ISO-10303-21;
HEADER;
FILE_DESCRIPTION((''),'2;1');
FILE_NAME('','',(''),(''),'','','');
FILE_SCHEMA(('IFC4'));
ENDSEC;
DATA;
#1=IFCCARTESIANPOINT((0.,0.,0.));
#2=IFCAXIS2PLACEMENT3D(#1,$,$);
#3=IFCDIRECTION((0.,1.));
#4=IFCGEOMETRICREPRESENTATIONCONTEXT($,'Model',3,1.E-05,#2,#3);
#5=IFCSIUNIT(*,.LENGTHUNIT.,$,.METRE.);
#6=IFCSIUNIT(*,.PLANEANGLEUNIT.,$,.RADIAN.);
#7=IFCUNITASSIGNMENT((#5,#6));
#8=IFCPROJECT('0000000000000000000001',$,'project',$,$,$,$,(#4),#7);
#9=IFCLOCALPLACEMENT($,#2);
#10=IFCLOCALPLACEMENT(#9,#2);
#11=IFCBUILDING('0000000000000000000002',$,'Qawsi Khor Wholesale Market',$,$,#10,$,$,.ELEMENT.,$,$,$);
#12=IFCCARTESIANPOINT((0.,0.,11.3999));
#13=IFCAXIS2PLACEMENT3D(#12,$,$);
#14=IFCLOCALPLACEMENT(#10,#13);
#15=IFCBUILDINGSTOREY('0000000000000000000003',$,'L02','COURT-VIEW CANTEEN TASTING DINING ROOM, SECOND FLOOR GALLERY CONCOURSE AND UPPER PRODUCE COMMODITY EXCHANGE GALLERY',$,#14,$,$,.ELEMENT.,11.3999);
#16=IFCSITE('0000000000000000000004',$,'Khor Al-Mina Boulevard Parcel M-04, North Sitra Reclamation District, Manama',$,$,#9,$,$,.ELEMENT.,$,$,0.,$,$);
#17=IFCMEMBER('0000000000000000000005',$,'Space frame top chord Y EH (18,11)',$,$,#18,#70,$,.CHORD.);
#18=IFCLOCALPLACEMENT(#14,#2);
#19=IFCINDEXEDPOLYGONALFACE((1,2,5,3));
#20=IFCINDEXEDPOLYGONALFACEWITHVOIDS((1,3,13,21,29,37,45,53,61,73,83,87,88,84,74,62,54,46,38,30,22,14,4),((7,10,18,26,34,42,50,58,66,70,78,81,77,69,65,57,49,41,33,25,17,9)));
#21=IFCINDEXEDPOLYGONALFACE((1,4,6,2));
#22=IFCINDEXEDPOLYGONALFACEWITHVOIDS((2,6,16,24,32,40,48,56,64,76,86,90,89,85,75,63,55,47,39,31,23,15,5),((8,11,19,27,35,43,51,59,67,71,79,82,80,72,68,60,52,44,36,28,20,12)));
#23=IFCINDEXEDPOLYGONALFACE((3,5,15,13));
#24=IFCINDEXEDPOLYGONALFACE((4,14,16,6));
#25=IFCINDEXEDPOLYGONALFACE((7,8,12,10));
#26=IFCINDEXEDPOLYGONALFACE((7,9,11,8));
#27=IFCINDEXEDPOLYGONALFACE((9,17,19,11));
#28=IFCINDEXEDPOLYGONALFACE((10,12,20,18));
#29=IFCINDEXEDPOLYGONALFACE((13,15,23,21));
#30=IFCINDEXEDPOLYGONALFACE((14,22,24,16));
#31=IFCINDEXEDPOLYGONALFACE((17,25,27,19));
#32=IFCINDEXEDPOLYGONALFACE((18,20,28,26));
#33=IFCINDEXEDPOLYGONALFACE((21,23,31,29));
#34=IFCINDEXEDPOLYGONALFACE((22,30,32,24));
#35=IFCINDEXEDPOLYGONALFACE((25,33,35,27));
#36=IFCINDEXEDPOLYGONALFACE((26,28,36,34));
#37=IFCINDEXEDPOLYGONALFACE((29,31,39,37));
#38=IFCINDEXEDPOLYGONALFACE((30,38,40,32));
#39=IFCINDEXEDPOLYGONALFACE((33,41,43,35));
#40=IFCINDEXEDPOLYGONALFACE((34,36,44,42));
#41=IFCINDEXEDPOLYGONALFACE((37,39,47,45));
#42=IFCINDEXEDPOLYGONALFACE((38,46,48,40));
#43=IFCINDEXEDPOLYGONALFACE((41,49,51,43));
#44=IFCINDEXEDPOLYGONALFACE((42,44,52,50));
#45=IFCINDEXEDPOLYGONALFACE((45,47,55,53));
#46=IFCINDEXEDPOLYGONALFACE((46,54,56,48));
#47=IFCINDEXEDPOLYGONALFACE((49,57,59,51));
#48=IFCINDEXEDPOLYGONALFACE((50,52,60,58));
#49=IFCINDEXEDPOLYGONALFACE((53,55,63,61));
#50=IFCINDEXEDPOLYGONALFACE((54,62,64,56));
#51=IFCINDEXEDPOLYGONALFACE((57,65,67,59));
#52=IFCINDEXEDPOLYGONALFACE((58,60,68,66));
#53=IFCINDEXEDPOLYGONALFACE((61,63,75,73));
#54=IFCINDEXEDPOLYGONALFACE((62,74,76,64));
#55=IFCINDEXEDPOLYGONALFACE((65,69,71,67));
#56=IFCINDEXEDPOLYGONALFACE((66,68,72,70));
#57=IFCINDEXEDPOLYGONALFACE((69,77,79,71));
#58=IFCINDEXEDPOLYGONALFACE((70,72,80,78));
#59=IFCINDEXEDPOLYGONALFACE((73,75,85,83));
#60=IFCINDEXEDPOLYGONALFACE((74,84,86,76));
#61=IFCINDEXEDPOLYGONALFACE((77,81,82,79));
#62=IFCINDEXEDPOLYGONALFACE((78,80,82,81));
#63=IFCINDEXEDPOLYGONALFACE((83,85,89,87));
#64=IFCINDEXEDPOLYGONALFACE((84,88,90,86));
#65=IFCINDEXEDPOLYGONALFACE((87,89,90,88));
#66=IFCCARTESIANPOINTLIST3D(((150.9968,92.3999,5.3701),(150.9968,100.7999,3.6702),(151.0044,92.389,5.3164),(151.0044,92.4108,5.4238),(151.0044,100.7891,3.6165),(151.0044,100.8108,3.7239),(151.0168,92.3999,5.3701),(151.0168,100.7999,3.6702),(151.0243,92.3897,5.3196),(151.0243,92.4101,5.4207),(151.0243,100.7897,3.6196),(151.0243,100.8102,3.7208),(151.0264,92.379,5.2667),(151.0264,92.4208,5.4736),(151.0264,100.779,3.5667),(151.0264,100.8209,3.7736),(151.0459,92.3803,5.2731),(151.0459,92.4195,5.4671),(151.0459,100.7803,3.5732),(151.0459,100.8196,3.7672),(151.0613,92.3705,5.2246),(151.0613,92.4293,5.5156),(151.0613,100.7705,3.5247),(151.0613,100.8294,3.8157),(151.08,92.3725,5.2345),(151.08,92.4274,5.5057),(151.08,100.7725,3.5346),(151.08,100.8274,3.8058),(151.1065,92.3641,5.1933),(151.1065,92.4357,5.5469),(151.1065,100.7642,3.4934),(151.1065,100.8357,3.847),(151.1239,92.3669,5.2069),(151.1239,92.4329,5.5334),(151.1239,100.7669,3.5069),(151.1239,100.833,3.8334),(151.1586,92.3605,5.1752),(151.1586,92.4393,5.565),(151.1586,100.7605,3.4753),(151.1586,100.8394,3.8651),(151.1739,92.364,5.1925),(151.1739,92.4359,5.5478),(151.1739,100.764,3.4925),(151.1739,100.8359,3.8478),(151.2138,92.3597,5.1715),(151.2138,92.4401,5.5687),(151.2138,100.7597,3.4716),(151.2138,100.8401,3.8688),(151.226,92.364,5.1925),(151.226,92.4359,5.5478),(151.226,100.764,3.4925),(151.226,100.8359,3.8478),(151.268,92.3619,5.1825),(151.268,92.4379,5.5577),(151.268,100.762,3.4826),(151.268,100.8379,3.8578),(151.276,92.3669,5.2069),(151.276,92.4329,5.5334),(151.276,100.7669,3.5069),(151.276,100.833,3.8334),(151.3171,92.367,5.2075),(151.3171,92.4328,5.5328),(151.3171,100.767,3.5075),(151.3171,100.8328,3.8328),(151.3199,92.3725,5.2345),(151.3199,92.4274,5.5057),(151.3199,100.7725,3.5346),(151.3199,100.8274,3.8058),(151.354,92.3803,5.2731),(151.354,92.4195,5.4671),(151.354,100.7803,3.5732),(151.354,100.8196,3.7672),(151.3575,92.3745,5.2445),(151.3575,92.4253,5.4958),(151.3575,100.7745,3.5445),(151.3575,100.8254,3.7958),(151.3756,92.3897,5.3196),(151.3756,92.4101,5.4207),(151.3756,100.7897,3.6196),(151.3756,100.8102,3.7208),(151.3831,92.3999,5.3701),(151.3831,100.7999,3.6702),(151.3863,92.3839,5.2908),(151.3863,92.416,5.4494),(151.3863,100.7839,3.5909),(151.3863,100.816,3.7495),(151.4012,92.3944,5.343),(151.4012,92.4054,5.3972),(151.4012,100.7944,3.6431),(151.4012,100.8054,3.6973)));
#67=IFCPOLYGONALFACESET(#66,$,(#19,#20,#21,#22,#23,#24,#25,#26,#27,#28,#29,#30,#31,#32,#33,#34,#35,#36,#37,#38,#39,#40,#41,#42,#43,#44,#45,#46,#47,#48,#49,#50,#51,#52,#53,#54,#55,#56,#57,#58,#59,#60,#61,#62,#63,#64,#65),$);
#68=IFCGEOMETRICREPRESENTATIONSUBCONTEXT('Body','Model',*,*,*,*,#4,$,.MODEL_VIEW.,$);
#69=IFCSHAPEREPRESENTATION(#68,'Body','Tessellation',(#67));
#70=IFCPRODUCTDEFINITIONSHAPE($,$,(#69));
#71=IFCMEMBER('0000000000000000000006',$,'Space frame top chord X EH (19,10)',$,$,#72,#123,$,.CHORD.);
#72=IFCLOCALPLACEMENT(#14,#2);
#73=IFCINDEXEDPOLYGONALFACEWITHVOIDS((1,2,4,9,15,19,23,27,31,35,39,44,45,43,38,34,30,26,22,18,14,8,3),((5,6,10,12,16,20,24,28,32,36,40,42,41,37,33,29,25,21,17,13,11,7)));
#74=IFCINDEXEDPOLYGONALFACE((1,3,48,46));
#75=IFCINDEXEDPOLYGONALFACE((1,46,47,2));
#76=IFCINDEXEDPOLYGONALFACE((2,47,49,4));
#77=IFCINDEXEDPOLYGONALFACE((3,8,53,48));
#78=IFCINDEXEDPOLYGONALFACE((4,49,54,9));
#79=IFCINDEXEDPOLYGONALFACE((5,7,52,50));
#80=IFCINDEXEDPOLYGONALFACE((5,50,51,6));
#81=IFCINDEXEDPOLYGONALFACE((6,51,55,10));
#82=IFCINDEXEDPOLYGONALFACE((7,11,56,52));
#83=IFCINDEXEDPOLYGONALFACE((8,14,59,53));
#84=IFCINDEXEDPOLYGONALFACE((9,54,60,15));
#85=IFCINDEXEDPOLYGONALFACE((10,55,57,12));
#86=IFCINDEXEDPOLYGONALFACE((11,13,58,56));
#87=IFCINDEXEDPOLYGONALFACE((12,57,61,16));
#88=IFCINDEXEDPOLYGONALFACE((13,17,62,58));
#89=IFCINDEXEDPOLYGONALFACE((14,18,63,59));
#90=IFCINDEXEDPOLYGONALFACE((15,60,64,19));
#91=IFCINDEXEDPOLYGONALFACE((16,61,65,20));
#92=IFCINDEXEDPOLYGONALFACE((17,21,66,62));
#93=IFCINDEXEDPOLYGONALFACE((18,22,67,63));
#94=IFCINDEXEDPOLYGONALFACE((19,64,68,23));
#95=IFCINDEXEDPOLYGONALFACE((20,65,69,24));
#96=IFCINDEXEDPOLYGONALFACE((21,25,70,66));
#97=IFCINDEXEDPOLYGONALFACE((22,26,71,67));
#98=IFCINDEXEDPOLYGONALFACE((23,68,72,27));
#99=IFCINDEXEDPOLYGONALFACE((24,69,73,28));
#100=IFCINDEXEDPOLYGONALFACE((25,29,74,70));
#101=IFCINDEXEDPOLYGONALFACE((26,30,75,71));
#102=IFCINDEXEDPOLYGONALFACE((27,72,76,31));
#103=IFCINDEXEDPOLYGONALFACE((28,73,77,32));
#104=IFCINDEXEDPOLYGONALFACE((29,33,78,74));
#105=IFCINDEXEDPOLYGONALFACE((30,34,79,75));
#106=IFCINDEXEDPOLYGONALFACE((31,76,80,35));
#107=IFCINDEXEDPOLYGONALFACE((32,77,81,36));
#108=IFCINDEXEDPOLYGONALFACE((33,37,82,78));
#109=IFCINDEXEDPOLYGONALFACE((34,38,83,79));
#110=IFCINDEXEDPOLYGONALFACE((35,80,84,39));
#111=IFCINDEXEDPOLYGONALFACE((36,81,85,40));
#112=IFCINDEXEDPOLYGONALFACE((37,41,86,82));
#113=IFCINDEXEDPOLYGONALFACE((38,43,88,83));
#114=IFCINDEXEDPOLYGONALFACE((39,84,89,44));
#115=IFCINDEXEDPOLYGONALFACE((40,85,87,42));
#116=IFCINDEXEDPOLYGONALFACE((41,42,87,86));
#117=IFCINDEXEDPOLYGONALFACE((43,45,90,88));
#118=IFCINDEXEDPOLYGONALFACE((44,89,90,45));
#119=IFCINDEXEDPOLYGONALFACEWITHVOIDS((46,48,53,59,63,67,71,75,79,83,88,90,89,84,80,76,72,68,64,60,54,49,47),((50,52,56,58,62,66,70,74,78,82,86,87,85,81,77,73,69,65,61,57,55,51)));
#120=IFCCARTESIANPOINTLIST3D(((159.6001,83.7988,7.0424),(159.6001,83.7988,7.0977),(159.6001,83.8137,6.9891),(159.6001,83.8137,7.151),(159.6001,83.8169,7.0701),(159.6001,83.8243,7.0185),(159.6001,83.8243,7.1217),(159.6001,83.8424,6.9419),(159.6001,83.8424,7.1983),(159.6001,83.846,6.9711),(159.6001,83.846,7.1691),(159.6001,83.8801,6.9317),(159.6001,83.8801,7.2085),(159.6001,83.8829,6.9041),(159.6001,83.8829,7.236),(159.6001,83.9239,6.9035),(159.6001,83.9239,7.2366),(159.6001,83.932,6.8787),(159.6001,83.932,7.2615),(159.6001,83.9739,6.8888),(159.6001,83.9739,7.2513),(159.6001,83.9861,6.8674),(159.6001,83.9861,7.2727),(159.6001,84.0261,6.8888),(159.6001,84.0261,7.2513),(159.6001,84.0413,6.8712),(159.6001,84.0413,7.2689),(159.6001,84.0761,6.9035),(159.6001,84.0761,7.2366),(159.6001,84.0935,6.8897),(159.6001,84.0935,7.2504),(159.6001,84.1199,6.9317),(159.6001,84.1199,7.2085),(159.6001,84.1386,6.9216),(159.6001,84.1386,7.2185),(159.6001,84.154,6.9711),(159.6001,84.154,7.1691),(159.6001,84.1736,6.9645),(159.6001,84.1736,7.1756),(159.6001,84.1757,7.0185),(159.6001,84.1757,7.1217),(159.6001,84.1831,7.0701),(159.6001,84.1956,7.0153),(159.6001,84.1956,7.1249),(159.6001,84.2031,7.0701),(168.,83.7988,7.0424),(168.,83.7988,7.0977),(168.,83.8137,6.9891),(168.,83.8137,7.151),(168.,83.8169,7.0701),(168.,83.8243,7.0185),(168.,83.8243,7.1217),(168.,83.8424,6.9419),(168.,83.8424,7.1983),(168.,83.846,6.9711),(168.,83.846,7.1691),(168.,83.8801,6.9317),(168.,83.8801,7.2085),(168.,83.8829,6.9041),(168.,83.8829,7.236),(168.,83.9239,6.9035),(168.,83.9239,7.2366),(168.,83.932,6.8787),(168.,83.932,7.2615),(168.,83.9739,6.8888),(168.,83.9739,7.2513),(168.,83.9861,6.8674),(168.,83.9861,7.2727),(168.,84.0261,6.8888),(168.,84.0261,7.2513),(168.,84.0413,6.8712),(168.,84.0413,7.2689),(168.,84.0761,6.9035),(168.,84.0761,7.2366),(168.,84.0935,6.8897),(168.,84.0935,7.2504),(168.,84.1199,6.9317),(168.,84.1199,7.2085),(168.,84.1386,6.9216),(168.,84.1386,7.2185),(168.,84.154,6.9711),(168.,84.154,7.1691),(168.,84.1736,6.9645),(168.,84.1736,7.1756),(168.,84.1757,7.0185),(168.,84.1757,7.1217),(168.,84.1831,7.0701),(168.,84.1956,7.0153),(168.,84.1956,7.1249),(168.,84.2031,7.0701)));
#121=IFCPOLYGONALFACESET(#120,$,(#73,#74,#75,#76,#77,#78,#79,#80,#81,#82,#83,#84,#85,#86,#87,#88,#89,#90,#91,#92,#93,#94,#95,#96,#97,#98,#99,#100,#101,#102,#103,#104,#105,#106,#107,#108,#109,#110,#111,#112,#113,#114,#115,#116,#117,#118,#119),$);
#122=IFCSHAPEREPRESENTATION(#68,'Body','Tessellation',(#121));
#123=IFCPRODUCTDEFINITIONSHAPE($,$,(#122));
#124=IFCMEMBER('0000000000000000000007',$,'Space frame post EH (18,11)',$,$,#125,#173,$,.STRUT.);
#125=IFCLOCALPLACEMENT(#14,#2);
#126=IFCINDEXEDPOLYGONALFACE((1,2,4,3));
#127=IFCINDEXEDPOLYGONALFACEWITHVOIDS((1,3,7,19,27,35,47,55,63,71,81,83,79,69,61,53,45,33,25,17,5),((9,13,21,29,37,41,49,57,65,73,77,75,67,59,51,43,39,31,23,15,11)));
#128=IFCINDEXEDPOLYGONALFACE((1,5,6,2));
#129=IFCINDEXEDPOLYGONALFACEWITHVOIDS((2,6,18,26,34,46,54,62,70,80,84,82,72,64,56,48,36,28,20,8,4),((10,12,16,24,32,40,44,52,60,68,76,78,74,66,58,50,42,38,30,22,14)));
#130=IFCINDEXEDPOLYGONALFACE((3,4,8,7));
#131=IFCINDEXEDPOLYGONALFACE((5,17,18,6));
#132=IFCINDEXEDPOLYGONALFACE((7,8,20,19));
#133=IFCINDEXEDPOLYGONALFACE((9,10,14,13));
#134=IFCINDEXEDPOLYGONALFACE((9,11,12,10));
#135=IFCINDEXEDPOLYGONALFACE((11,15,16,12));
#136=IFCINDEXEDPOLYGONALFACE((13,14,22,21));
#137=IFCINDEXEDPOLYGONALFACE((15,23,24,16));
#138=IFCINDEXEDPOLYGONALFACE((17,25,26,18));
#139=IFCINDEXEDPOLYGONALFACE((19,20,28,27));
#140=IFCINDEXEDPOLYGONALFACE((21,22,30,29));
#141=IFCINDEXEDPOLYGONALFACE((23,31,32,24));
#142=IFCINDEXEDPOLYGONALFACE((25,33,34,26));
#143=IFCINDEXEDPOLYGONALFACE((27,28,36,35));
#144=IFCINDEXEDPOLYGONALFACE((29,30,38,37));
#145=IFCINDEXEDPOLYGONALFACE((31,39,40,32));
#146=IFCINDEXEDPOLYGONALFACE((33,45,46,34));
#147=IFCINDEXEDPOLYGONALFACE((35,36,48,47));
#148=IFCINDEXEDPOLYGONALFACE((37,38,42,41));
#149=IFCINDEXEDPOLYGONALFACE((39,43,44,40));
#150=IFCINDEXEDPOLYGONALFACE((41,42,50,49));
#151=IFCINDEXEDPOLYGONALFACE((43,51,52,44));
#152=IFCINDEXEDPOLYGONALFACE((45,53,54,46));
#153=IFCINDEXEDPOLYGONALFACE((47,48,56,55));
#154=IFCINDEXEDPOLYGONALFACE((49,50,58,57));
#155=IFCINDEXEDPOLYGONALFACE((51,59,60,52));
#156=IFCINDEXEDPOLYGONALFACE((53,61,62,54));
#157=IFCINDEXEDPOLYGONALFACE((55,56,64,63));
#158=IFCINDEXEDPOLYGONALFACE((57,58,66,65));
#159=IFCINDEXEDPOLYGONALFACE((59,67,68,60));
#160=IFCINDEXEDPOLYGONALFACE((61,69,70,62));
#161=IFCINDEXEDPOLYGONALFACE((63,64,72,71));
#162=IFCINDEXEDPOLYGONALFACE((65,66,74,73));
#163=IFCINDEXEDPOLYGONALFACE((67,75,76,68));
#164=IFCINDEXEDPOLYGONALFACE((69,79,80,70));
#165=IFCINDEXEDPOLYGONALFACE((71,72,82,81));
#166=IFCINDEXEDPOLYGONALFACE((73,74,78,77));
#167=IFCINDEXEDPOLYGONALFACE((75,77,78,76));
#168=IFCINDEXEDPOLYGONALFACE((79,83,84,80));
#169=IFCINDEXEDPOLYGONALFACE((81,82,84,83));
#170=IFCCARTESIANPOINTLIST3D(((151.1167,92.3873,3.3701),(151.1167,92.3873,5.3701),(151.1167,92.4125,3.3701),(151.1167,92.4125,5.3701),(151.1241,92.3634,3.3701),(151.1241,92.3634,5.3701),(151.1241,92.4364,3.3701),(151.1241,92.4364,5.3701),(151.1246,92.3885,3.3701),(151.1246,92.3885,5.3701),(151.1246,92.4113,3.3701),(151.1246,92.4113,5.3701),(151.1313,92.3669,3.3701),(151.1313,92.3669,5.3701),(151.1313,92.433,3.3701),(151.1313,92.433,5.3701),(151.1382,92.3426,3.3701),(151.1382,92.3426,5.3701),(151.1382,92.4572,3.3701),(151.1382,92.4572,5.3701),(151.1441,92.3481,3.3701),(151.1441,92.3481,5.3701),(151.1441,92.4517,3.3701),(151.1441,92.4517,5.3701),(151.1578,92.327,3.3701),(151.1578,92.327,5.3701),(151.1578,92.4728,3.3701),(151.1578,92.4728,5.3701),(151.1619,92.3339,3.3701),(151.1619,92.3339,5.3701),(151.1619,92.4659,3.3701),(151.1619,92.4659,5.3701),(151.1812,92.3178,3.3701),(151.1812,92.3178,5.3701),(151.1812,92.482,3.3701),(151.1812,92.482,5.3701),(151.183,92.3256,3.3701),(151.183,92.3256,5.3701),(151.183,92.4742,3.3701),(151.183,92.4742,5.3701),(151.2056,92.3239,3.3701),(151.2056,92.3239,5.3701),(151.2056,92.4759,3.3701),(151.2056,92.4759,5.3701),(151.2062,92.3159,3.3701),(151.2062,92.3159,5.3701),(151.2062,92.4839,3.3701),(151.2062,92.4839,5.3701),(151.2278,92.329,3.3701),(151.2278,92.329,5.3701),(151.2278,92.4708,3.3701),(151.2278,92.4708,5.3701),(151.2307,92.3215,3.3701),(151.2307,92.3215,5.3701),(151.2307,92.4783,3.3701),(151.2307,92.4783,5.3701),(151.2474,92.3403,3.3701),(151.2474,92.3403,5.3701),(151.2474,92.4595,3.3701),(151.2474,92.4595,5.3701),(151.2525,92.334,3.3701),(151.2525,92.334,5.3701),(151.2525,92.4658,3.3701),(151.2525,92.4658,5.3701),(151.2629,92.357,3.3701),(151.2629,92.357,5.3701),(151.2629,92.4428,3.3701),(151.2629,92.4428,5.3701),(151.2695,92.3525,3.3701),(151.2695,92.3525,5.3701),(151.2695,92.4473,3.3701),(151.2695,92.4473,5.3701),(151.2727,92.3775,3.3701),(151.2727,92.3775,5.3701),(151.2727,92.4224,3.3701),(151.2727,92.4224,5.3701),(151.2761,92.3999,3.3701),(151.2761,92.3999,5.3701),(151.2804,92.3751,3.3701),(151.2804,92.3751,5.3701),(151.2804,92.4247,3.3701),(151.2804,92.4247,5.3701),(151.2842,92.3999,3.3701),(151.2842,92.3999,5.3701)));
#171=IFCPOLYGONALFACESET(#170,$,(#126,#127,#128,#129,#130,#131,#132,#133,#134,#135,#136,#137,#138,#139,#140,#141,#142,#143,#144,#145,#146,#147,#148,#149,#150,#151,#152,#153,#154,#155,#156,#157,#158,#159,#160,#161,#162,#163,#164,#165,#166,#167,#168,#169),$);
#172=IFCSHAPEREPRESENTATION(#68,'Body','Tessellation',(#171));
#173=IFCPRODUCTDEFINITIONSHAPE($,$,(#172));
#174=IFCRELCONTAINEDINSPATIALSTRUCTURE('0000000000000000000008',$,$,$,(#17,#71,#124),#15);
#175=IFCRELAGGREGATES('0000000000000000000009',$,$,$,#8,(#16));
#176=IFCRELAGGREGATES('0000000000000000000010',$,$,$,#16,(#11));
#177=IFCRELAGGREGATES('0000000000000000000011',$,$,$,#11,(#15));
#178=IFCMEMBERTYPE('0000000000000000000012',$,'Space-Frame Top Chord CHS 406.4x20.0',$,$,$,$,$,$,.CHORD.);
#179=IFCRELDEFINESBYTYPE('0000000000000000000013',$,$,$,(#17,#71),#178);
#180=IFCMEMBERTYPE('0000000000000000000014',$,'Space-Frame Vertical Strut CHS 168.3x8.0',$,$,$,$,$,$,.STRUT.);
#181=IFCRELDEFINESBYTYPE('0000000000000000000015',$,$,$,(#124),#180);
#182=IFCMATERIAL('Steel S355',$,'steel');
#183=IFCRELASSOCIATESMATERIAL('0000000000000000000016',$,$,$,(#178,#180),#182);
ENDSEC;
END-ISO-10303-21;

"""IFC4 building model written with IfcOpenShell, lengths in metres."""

from ifc_helpers import new_model, si_unit, direction, frame, origin, origin_2d, place, context, subcontext, project, spatial, hollow_circle, extrude, material, material_profile, profile_set, type_object, element, save


model = new_model("IFC4")

# Units and contexts
model_context = context("Model", 3, precision=1e-05, world=origin(), true_north=direction((0.0, 1.0)))
body_context = subcontext(model_context, "Body", "Model", "MODEL_VIEW")
ifc_project = project(units=[si_unit("LENGTHUNIT", "METRE"), si_unit("PLANEANGLEUNIT", "RADIAN")], contexts=[model_context])

# Site, building, storey
site_placement = place(None, origin())
site = spatial("IfcSite", under=ifc_project, at=site_placement, Name="Khor Al-Mina Boulevard Parcel M-04, North Sitra Reclamation District, Manama", CompositionType="ELEMENT", RefElevation=0.0)
building_placement = place(site_placement, origin())
building = spatial("IfcBuilding", under=site, at=building_placement, Name="Qawsi Khor Wholesale Market", CompositionType="ELEMENT")
storey_placement = place(building_placement, frame((0.0, 0.0, 11.3999)))
storey = spatial("IfcBuildingStorey", under=building, at=storey_placement, Name="L02", Description="COURT-VIEW CANTEEN TASTING DINING ROOM, SECOND FLOOR GALLERY CONCOURSE AND UPPER PRODUCE COMMODITY EXCHANGE GALLERY", CompositionType="ELEMENT", Elevation=11.3999)

# Members
ifc_material_1 = material(Name="Steel S355", Category="steel")
ifc_material_profile_1 = material_profile(ifc_material_1, hollow_circle(Radius=0.2031, WallThickness=0.02, at=origin_2d()), Name="CHS 406.4x20.0")
ifc_profile_set_1 = profile_set([ifc_material_profile_1], Name="Steel S355")
member_type_1 = type_object("IfcMemberType", Name="Space-Frame Top Chord CHS 406.4x20.0", PredefinedType="CHORD", material=ifc_profile_set_1)
member_1_placement = place(storey_placement, frame((151.2, 92.3999, 5.3701), z_axis=(0.0, 0.980131, -0.198351), x_axis=(-1.0, 0.0, 0.0)))
element("IfcMember", 1, at=member_1_placement, inside=storey, type_object=member_type_1, Name="Space frame top chord Y EH (18,11)", PredefinedType="CHORD", context=body_context, shape_type="SweptSolid", body=[
    extrude(hollow_circle(Radius=0.2031, WallThickness=0.02, at=origin_2d()), origin(), (0.0, 0.0, 1.0), 8.5703),
])
member_2_placement = place(storey_placement, frame((159.6001, 84.0, 7.0701), z_axis=(1.0, 0.0, 0.0), x_axis=(0.0, 1.0, 0.0)))
element("IfcMember", 2, at=member_2_placement, inside=storey, type_object=member_type_1, Name="Space frame top chord X EH (19,10)", PredefinedType="CHORD", context=body_context, shape_type="SweptSolid", body=[
    extrude(hollow_circle(Radius=0.2031, WallThickness=0.02, at=origin_2d()), origin(), (0.0, 0.0, 1.0), 8.3999),
])
ifc_material_profile_2 = material_profile(ifc_material_1, hollow_circle(Radius=0.0842, WallThickness=0.0081, at=origin_2d()), Name="CHS 168.3x8.0")
ifc_profile_set_2 = profile_set([ifc_material_profile_2], Name="Steel S355")
member_type_2 = type_object("IfcMemberType", Name="Space-Frame Vertical Strut CHS 168.3x8.0", PredefinedType="STRUT", material=ifc_profile_set_2)
for number, where, z_axis, x_axis, name in (
    (3, (151.2, 92.3999, 3.3701), (0.0, 0.0, 1.0), (1.0, 0.0, 0.0), "Space frame post EH (18,11)"),
):
    element("IfcMember", number, at=place(storey_placement, frame(where, z_axis=z_axis, x_axis=x_axis)), inside=storey, type_object=member_type_2, Name=name, PredefinedType="STRUT", context=body_context, shape_type="SweptSolid", body=[
        extrude(hollow_circle(Radius=0.0842, WallThickness=0.0081, at=origin_2d()), origin(), (0.0, 0.0, 1.0), 2.0),
    ])

save(model, "model.ifc")
